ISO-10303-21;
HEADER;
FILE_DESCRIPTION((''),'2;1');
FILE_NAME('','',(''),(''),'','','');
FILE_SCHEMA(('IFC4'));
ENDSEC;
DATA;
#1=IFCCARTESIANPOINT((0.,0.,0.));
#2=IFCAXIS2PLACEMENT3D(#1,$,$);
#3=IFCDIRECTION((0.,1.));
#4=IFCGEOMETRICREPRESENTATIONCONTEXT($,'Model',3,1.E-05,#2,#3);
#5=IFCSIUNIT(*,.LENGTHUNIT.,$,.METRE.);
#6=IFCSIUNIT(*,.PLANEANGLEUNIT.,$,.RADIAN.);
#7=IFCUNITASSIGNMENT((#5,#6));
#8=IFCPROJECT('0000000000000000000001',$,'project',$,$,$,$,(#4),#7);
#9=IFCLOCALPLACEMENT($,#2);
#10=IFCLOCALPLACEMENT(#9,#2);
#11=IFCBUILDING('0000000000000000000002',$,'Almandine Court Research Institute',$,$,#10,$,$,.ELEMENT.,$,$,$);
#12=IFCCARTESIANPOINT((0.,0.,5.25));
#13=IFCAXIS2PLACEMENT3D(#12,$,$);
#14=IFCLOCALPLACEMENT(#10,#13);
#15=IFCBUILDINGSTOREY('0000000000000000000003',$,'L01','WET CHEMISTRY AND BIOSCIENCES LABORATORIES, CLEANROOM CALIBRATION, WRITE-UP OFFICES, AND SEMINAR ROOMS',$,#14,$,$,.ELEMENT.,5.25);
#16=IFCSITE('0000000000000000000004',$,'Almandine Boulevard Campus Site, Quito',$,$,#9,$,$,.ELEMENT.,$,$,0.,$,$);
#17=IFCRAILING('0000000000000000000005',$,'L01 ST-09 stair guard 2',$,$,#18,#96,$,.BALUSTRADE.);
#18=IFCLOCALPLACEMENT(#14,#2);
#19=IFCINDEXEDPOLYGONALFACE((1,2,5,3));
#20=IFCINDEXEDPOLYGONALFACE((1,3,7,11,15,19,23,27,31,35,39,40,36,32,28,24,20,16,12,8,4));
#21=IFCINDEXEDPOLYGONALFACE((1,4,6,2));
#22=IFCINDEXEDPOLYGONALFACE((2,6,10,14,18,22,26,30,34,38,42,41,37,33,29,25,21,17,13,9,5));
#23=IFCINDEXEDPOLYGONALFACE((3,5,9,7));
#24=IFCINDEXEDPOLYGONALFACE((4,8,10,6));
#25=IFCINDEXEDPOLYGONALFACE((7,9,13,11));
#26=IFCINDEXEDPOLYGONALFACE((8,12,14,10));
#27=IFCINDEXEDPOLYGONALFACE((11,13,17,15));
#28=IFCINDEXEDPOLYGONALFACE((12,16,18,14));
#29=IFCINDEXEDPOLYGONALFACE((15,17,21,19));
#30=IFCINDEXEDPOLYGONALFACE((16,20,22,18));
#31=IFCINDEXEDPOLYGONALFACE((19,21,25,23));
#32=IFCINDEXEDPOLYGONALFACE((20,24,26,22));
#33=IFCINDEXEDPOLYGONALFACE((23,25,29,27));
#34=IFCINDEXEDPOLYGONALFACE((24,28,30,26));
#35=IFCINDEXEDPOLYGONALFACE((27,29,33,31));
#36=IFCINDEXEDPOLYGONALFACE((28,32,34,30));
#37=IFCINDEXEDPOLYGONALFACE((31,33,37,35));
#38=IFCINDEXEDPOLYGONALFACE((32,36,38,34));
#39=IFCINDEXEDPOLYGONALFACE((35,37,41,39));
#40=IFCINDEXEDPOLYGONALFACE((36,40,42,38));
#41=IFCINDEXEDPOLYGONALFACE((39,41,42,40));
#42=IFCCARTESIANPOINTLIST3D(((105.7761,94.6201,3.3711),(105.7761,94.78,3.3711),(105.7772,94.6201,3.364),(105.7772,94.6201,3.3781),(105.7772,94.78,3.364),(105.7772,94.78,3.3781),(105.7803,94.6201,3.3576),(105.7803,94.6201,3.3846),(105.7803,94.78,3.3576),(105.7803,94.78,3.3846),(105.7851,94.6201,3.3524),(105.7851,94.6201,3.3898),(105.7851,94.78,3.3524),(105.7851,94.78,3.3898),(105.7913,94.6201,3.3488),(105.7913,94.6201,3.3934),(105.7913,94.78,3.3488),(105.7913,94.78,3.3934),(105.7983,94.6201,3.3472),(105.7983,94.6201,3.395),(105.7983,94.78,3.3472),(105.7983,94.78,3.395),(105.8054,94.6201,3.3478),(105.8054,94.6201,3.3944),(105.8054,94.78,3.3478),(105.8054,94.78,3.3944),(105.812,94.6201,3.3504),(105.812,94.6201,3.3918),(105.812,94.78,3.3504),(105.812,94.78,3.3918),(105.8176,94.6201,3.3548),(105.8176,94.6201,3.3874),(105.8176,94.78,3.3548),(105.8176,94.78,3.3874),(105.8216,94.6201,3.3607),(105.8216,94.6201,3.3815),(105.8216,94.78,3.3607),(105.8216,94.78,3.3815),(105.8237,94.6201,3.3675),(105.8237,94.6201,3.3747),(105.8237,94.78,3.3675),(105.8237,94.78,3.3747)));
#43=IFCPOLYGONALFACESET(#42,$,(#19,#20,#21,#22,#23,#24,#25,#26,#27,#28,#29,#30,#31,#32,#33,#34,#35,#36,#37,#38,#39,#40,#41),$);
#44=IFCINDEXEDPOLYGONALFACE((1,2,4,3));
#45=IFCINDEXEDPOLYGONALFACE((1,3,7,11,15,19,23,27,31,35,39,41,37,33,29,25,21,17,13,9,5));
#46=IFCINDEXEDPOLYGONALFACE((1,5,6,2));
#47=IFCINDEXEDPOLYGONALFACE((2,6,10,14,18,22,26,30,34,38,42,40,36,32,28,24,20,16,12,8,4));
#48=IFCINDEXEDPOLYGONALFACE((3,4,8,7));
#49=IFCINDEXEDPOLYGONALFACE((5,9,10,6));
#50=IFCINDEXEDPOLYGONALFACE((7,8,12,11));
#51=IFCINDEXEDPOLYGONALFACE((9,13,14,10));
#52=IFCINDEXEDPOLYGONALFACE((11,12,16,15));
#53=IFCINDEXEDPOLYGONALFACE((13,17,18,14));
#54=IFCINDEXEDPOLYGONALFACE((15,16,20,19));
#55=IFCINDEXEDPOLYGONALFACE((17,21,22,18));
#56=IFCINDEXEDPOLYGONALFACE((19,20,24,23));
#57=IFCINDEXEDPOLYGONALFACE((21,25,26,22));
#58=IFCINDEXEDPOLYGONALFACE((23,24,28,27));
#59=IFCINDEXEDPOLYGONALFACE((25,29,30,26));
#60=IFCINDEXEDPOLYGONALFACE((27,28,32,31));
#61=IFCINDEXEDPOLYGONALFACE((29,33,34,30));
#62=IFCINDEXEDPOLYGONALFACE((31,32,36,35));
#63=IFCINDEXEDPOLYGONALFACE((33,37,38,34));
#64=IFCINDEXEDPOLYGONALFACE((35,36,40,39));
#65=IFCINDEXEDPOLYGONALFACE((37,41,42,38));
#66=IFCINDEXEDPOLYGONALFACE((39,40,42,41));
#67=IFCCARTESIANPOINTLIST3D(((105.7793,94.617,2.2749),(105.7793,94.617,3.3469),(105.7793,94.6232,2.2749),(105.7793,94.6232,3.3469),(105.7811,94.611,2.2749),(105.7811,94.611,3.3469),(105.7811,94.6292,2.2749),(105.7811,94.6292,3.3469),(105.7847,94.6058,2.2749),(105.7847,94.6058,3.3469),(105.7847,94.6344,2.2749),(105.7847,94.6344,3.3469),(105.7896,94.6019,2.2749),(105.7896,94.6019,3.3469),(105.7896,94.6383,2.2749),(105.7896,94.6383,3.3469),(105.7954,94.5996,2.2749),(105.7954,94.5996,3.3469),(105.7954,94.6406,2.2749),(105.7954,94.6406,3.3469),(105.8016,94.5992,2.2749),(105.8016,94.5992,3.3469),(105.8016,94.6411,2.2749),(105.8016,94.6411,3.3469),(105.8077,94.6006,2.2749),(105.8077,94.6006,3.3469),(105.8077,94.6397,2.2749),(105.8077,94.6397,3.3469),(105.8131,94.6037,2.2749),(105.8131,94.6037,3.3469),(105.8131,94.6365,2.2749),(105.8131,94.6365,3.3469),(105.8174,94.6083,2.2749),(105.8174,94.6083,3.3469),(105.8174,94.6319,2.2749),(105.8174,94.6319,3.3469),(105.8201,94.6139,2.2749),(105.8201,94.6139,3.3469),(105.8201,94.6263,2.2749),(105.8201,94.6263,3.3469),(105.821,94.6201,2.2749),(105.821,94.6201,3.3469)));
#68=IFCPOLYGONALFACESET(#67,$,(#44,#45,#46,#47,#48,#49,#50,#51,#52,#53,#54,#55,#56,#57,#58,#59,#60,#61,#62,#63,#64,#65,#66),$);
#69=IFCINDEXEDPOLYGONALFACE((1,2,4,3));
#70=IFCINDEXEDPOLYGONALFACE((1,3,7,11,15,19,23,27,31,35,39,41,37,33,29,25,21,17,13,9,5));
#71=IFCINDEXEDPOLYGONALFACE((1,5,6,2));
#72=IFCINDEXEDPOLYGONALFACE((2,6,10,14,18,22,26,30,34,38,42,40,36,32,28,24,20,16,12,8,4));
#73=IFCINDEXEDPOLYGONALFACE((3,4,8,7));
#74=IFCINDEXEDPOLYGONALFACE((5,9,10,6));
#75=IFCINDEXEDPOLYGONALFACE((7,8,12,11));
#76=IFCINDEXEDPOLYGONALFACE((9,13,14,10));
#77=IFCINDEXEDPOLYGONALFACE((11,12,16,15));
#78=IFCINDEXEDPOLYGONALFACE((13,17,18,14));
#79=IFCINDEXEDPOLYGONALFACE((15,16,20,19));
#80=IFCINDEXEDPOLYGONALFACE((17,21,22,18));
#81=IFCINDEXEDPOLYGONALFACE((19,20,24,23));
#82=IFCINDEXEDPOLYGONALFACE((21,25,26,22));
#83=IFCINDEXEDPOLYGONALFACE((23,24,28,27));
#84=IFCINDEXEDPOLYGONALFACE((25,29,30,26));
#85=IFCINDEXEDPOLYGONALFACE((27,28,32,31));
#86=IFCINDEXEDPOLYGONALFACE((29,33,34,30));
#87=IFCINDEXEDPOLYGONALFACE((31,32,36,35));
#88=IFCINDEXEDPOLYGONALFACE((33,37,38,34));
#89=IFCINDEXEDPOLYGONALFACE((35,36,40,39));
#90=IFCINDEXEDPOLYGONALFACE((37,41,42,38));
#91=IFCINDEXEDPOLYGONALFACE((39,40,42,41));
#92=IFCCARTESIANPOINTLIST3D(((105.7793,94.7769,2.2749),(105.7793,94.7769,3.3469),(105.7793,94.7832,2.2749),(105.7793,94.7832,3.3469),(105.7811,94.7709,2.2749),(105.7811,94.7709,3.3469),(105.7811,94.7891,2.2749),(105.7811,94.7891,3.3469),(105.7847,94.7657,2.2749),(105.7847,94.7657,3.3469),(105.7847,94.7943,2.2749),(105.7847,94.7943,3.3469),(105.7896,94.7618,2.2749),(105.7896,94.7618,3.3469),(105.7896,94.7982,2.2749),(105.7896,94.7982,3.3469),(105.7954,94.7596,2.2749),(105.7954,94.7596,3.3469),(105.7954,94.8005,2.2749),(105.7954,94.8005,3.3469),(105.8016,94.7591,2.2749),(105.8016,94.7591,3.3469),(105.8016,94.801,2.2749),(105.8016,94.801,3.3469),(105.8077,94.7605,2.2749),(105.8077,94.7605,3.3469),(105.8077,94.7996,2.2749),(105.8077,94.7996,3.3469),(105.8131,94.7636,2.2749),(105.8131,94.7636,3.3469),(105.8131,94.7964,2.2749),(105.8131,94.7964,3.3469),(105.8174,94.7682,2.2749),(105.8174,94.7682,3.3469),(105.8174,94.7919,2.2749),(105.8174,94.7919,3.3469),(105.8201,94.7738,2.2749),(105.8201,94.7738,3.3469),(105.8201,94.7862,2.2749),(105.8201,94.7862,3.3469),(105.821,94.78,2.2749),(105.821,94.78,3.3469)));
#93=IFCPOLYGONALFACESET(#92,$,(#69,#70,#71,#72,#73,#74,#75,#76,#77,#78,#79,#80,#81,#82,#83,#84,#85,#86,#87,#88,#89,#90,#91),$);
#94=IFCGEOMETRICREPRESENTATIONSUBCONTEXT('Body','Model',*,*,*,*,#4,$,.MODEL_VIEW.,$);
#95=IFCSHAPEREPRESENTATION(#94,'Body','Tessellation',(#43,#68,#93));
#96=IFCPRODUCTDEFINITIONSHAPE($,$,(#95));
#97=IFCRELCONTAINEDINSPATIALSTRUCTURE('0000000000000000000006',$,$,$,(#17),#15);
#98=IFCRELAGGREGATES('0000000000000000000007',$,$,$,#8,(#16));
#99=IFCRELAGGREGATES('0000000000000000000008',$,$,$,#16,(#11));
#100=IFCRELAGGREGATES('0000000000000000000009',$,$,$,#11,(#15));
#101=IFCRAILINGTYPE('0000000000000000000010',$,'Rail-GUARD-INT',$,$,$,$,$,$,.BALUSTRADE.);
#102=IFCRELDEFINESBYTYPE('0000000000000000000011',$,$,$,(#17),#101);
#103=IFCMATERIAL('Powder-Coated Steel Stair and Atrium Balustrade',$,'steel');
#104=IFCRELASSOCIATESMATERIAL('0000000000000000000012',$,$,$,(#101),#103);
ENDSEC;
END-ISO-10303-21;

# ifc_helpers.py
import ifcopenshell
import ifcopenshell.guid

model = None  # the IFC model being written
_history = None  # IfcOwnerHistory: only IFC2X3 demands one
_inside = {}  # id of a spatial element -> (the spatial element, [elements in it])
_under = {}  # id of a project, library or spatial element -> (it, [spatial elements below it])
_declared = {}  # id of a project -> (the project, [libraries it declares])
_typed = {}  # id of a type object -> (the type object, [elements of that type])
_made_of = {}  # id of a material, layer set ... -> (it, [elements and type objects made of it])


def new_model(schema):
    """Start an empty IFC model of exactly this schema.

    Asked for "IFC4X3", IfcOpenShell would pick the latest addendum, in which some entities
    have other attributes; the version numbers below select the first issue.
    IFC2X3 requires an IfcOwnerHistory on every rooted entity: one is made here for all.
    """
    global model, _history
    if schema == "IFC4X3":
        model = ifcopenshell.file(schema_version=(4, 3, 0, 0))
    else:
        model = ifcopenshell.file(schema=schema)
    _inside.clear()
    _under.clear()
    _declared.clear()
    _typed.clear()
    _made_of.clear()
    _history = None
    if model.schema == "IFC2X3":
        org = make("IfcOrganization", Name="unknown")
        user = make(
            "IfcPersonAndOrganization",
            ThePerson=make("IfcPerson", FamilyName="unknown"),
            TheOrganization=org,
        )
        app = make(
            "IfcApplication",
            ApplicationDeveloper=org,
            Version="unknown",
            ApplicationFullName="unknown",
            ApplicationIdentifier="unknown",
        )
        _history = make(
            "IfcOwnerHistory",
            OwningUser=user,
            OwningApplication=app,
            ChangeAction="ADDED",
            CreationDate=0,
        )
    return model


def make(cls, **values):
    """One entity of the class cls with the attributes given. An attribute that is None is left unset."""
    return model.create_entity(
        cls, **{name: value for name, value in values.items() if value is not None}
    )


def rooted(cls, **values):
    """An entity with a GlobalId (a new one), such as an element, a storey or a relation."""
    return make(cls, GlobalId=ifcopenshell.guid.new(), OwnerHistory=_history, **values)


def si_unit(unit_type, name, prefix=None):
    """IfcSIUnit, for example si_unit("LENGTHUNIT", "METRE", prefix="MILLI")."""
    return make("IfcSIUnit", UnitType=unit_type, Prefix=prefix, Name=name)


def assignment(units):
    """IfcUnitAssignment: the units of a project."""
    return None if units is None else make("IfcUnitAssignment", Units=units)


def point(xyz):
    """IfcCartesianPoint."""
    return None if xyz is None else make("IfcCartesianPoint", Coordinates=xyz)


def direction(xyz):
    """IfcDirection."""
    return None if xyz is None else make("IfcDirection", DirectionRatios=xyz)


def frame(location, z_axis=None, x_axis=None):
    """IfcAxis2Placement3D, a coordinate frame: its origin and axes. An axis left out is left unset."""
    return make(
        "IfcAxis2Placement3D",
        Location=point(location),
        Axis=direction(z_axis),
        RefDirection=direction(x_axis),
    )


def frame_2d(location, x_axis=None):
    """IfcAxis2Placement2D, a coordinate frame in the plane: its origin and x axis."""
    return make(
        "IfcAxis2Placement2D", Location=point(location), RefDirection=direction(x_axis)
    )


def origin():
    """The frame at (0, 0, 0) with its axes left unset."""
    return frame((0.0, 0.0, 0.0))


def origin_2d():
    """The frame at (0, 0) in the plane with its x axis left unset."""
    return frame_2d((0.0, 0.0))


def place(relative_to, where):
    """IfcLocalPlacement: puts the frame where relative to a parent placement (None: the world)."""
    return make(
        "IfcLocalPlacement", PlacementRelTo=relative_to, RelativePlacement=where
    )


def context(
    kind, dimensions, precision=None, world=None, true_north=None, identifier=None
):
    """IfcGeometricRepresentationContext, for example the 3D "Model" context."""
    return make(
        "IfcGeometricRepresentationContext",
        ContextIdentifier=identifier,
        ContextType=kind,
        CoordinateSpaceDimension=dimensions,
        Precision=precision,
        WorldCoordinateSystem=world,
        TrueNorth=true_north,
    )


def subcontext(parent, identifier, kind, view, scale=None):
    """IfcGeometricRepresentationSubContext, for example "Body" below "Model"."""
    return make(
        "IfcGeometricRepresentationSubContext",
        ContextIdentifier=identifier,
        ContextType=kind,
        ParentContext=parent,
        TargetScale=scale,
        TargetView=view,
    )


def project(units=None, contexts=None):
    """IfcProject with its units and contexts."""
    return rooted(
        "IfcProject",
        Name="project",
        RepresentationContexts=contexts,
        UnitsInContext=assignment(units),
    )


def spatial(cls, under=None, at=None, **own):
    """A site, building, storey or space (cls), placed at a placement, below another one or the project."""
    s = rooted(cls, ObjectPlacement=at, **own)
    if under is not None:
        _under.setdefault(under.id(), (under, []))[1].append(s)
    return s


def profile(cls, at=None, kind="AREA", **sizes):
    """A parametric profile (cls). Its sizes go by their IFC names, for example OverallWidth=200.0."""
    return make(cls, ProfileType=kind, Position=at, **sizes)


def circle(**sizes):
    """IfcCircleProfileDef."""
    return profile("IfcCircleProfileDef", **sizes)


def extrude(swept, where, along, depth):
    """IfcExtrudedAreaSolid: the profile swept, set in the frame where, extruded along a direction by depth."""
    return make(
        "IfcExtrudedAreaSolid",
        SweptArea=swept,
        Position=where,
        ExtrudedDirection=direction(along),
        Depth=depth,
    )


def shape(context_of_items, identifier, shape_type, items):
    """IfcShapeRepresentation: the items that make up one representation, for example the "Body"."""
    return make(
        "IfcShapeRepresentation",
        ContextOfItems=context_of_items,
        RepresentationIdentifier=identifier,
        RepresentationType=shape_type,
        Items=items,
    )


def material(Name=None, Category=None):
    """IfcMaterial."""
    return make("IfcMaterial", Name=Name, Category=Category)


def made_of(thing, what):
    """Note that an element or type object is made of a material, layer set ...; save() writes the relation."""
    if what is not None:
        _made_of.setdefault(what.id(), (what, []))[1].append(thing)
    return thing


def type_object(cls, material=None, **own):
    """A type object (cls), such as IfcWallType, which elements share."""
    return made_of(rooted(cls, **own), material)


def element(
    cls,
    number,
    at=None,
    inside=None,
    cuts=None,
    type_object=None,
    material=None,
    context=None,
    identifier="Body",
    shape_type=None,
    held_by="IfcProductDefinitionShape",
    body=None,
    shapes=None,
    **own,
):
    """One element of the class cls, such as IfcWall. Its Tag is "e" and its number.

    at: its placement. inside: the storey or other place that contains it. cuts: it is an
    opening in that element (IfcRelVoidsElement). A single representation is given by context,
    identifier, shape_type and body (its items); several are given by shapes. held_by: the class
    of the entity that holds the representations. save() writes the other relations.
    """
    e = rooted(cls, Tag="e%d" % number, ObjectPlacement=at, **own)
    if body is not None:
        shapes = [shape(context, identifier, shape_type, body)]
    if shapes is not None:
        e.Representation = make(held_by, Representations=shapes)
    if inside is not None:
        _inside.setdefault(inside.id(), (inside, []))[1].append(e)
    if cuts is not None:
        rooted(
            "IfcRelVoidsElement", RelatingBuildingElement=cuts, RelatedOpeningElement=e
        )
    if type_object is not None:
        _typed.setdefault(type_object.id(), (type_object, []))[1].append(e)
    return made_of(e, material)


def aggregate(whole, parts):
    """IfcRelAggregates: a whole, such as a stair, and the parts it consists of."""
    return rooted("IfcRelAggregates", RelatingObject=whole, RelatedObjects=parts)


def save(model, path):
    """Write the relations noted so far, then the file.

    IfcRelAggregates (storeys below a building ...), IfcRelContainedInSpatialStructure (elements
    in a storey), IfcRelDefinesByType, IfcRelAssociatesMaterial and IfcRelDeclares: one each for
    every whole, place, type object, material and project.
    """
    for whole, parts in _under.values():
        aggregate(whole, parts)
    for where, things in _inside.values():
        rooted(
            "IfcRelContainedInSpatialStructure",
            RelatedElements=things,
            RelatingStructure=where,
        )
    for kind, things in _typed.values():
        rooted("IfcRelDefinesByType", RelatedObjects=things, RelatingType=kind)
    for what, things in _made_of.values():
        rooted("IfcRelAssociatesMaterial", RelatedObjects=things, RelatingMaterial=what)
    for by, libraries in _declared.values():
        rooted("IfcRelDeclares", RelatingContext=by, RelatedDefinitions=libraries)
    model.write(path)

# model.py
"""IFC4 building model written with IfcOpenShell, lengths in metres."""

from ifc_helpers import new_model, si_unit, direction, frame, origin, origin_2d, place, context, subcontext, project, spatial, circle, extrude, material, type_object, element, save


model = new_model("IFC4")

# Units and contexts
model_context = context("Model", 3, precision=1e-05, world=origin(), true_north=direction((0.0, 1.0)))
body_context = subcontext(model_context, "Body", "Model", "MODEL_VIEW")
ifc_project = project(units=[si_unit("LENGTHUNIT", "METRE"), si_unit("PLANEANGLEUNIT", "RADIAN")], contexts=[model_context])

# Site, building, storey
site_placement = place(None, origin())
site = spatial("IfcSite", under=ifc_project, at=site_placement, Name="Almandine Boulevard Campus Site, Quito", CompositionType="ELEMENT", RefElevation=0.0)
building_placement = place(site_placement, origin())
building = spatial("IfcBuilding", under=site, at=building_placement, Name="Almandine Court Research Institute", CompositionType="ELEMENT")
storey_placement = place(building_placement, frame((0.0, 0.0, 5.25)))
storey = spatial("IfcBuildingStorey", under=building, at=storey_placement, Name="L01", Description="WET CHEMISTRY AND BIOSCIENCES LABORATORIES, CLEANROOM CALIBRATION, WRITE-UP OFFICES, AND SEMINAR ROOMS", CompositionType="ELEMENT", Elevation=5.25)

# Railing
ifc_material_1 = material(Name="Powder-Coated Steel Stair and Atrium Balustrade", Category="steel")
railing_type_1 = type_object("IfcRailingType", Name="Rail-GUARD-INT", PredefinedType="BALUSTRADE", material=ifc_material_1)
railing_1_placement = place(storey_placement, frame((105.8, 94.6201, 2.2749)))
element("IfcRailing", 1, at=railing_1_placement, inside=storey, type_object=railing_type_1, Name="L01 ST-09 stair guard 2", PredefinedType="BALUSTRADE", context=body_context, shape_type="SweptSolid", body=[
    extrude(circle(Radius=0.0239, at=origin_2d()), frame((0.0, 0.0, 1.0962), z_axis=(0.0, 1.0, 0.0), x_axis=(-1.0, 0.0, 0.0)), (0.0, 0.0, 1.0), 0.1599),
    extrude(circle(Radius=0.021, at=origin_2d()), origin(), (0.0, 0.0, 1.0), 1.072),
    extrude(circle(Radius=0.021, at=origin_2d()), frame((0.0, 0.1599, 0.0)), (0.0, 0.0, 1.0), 1.072),
])

save(model, "model.ifc")
